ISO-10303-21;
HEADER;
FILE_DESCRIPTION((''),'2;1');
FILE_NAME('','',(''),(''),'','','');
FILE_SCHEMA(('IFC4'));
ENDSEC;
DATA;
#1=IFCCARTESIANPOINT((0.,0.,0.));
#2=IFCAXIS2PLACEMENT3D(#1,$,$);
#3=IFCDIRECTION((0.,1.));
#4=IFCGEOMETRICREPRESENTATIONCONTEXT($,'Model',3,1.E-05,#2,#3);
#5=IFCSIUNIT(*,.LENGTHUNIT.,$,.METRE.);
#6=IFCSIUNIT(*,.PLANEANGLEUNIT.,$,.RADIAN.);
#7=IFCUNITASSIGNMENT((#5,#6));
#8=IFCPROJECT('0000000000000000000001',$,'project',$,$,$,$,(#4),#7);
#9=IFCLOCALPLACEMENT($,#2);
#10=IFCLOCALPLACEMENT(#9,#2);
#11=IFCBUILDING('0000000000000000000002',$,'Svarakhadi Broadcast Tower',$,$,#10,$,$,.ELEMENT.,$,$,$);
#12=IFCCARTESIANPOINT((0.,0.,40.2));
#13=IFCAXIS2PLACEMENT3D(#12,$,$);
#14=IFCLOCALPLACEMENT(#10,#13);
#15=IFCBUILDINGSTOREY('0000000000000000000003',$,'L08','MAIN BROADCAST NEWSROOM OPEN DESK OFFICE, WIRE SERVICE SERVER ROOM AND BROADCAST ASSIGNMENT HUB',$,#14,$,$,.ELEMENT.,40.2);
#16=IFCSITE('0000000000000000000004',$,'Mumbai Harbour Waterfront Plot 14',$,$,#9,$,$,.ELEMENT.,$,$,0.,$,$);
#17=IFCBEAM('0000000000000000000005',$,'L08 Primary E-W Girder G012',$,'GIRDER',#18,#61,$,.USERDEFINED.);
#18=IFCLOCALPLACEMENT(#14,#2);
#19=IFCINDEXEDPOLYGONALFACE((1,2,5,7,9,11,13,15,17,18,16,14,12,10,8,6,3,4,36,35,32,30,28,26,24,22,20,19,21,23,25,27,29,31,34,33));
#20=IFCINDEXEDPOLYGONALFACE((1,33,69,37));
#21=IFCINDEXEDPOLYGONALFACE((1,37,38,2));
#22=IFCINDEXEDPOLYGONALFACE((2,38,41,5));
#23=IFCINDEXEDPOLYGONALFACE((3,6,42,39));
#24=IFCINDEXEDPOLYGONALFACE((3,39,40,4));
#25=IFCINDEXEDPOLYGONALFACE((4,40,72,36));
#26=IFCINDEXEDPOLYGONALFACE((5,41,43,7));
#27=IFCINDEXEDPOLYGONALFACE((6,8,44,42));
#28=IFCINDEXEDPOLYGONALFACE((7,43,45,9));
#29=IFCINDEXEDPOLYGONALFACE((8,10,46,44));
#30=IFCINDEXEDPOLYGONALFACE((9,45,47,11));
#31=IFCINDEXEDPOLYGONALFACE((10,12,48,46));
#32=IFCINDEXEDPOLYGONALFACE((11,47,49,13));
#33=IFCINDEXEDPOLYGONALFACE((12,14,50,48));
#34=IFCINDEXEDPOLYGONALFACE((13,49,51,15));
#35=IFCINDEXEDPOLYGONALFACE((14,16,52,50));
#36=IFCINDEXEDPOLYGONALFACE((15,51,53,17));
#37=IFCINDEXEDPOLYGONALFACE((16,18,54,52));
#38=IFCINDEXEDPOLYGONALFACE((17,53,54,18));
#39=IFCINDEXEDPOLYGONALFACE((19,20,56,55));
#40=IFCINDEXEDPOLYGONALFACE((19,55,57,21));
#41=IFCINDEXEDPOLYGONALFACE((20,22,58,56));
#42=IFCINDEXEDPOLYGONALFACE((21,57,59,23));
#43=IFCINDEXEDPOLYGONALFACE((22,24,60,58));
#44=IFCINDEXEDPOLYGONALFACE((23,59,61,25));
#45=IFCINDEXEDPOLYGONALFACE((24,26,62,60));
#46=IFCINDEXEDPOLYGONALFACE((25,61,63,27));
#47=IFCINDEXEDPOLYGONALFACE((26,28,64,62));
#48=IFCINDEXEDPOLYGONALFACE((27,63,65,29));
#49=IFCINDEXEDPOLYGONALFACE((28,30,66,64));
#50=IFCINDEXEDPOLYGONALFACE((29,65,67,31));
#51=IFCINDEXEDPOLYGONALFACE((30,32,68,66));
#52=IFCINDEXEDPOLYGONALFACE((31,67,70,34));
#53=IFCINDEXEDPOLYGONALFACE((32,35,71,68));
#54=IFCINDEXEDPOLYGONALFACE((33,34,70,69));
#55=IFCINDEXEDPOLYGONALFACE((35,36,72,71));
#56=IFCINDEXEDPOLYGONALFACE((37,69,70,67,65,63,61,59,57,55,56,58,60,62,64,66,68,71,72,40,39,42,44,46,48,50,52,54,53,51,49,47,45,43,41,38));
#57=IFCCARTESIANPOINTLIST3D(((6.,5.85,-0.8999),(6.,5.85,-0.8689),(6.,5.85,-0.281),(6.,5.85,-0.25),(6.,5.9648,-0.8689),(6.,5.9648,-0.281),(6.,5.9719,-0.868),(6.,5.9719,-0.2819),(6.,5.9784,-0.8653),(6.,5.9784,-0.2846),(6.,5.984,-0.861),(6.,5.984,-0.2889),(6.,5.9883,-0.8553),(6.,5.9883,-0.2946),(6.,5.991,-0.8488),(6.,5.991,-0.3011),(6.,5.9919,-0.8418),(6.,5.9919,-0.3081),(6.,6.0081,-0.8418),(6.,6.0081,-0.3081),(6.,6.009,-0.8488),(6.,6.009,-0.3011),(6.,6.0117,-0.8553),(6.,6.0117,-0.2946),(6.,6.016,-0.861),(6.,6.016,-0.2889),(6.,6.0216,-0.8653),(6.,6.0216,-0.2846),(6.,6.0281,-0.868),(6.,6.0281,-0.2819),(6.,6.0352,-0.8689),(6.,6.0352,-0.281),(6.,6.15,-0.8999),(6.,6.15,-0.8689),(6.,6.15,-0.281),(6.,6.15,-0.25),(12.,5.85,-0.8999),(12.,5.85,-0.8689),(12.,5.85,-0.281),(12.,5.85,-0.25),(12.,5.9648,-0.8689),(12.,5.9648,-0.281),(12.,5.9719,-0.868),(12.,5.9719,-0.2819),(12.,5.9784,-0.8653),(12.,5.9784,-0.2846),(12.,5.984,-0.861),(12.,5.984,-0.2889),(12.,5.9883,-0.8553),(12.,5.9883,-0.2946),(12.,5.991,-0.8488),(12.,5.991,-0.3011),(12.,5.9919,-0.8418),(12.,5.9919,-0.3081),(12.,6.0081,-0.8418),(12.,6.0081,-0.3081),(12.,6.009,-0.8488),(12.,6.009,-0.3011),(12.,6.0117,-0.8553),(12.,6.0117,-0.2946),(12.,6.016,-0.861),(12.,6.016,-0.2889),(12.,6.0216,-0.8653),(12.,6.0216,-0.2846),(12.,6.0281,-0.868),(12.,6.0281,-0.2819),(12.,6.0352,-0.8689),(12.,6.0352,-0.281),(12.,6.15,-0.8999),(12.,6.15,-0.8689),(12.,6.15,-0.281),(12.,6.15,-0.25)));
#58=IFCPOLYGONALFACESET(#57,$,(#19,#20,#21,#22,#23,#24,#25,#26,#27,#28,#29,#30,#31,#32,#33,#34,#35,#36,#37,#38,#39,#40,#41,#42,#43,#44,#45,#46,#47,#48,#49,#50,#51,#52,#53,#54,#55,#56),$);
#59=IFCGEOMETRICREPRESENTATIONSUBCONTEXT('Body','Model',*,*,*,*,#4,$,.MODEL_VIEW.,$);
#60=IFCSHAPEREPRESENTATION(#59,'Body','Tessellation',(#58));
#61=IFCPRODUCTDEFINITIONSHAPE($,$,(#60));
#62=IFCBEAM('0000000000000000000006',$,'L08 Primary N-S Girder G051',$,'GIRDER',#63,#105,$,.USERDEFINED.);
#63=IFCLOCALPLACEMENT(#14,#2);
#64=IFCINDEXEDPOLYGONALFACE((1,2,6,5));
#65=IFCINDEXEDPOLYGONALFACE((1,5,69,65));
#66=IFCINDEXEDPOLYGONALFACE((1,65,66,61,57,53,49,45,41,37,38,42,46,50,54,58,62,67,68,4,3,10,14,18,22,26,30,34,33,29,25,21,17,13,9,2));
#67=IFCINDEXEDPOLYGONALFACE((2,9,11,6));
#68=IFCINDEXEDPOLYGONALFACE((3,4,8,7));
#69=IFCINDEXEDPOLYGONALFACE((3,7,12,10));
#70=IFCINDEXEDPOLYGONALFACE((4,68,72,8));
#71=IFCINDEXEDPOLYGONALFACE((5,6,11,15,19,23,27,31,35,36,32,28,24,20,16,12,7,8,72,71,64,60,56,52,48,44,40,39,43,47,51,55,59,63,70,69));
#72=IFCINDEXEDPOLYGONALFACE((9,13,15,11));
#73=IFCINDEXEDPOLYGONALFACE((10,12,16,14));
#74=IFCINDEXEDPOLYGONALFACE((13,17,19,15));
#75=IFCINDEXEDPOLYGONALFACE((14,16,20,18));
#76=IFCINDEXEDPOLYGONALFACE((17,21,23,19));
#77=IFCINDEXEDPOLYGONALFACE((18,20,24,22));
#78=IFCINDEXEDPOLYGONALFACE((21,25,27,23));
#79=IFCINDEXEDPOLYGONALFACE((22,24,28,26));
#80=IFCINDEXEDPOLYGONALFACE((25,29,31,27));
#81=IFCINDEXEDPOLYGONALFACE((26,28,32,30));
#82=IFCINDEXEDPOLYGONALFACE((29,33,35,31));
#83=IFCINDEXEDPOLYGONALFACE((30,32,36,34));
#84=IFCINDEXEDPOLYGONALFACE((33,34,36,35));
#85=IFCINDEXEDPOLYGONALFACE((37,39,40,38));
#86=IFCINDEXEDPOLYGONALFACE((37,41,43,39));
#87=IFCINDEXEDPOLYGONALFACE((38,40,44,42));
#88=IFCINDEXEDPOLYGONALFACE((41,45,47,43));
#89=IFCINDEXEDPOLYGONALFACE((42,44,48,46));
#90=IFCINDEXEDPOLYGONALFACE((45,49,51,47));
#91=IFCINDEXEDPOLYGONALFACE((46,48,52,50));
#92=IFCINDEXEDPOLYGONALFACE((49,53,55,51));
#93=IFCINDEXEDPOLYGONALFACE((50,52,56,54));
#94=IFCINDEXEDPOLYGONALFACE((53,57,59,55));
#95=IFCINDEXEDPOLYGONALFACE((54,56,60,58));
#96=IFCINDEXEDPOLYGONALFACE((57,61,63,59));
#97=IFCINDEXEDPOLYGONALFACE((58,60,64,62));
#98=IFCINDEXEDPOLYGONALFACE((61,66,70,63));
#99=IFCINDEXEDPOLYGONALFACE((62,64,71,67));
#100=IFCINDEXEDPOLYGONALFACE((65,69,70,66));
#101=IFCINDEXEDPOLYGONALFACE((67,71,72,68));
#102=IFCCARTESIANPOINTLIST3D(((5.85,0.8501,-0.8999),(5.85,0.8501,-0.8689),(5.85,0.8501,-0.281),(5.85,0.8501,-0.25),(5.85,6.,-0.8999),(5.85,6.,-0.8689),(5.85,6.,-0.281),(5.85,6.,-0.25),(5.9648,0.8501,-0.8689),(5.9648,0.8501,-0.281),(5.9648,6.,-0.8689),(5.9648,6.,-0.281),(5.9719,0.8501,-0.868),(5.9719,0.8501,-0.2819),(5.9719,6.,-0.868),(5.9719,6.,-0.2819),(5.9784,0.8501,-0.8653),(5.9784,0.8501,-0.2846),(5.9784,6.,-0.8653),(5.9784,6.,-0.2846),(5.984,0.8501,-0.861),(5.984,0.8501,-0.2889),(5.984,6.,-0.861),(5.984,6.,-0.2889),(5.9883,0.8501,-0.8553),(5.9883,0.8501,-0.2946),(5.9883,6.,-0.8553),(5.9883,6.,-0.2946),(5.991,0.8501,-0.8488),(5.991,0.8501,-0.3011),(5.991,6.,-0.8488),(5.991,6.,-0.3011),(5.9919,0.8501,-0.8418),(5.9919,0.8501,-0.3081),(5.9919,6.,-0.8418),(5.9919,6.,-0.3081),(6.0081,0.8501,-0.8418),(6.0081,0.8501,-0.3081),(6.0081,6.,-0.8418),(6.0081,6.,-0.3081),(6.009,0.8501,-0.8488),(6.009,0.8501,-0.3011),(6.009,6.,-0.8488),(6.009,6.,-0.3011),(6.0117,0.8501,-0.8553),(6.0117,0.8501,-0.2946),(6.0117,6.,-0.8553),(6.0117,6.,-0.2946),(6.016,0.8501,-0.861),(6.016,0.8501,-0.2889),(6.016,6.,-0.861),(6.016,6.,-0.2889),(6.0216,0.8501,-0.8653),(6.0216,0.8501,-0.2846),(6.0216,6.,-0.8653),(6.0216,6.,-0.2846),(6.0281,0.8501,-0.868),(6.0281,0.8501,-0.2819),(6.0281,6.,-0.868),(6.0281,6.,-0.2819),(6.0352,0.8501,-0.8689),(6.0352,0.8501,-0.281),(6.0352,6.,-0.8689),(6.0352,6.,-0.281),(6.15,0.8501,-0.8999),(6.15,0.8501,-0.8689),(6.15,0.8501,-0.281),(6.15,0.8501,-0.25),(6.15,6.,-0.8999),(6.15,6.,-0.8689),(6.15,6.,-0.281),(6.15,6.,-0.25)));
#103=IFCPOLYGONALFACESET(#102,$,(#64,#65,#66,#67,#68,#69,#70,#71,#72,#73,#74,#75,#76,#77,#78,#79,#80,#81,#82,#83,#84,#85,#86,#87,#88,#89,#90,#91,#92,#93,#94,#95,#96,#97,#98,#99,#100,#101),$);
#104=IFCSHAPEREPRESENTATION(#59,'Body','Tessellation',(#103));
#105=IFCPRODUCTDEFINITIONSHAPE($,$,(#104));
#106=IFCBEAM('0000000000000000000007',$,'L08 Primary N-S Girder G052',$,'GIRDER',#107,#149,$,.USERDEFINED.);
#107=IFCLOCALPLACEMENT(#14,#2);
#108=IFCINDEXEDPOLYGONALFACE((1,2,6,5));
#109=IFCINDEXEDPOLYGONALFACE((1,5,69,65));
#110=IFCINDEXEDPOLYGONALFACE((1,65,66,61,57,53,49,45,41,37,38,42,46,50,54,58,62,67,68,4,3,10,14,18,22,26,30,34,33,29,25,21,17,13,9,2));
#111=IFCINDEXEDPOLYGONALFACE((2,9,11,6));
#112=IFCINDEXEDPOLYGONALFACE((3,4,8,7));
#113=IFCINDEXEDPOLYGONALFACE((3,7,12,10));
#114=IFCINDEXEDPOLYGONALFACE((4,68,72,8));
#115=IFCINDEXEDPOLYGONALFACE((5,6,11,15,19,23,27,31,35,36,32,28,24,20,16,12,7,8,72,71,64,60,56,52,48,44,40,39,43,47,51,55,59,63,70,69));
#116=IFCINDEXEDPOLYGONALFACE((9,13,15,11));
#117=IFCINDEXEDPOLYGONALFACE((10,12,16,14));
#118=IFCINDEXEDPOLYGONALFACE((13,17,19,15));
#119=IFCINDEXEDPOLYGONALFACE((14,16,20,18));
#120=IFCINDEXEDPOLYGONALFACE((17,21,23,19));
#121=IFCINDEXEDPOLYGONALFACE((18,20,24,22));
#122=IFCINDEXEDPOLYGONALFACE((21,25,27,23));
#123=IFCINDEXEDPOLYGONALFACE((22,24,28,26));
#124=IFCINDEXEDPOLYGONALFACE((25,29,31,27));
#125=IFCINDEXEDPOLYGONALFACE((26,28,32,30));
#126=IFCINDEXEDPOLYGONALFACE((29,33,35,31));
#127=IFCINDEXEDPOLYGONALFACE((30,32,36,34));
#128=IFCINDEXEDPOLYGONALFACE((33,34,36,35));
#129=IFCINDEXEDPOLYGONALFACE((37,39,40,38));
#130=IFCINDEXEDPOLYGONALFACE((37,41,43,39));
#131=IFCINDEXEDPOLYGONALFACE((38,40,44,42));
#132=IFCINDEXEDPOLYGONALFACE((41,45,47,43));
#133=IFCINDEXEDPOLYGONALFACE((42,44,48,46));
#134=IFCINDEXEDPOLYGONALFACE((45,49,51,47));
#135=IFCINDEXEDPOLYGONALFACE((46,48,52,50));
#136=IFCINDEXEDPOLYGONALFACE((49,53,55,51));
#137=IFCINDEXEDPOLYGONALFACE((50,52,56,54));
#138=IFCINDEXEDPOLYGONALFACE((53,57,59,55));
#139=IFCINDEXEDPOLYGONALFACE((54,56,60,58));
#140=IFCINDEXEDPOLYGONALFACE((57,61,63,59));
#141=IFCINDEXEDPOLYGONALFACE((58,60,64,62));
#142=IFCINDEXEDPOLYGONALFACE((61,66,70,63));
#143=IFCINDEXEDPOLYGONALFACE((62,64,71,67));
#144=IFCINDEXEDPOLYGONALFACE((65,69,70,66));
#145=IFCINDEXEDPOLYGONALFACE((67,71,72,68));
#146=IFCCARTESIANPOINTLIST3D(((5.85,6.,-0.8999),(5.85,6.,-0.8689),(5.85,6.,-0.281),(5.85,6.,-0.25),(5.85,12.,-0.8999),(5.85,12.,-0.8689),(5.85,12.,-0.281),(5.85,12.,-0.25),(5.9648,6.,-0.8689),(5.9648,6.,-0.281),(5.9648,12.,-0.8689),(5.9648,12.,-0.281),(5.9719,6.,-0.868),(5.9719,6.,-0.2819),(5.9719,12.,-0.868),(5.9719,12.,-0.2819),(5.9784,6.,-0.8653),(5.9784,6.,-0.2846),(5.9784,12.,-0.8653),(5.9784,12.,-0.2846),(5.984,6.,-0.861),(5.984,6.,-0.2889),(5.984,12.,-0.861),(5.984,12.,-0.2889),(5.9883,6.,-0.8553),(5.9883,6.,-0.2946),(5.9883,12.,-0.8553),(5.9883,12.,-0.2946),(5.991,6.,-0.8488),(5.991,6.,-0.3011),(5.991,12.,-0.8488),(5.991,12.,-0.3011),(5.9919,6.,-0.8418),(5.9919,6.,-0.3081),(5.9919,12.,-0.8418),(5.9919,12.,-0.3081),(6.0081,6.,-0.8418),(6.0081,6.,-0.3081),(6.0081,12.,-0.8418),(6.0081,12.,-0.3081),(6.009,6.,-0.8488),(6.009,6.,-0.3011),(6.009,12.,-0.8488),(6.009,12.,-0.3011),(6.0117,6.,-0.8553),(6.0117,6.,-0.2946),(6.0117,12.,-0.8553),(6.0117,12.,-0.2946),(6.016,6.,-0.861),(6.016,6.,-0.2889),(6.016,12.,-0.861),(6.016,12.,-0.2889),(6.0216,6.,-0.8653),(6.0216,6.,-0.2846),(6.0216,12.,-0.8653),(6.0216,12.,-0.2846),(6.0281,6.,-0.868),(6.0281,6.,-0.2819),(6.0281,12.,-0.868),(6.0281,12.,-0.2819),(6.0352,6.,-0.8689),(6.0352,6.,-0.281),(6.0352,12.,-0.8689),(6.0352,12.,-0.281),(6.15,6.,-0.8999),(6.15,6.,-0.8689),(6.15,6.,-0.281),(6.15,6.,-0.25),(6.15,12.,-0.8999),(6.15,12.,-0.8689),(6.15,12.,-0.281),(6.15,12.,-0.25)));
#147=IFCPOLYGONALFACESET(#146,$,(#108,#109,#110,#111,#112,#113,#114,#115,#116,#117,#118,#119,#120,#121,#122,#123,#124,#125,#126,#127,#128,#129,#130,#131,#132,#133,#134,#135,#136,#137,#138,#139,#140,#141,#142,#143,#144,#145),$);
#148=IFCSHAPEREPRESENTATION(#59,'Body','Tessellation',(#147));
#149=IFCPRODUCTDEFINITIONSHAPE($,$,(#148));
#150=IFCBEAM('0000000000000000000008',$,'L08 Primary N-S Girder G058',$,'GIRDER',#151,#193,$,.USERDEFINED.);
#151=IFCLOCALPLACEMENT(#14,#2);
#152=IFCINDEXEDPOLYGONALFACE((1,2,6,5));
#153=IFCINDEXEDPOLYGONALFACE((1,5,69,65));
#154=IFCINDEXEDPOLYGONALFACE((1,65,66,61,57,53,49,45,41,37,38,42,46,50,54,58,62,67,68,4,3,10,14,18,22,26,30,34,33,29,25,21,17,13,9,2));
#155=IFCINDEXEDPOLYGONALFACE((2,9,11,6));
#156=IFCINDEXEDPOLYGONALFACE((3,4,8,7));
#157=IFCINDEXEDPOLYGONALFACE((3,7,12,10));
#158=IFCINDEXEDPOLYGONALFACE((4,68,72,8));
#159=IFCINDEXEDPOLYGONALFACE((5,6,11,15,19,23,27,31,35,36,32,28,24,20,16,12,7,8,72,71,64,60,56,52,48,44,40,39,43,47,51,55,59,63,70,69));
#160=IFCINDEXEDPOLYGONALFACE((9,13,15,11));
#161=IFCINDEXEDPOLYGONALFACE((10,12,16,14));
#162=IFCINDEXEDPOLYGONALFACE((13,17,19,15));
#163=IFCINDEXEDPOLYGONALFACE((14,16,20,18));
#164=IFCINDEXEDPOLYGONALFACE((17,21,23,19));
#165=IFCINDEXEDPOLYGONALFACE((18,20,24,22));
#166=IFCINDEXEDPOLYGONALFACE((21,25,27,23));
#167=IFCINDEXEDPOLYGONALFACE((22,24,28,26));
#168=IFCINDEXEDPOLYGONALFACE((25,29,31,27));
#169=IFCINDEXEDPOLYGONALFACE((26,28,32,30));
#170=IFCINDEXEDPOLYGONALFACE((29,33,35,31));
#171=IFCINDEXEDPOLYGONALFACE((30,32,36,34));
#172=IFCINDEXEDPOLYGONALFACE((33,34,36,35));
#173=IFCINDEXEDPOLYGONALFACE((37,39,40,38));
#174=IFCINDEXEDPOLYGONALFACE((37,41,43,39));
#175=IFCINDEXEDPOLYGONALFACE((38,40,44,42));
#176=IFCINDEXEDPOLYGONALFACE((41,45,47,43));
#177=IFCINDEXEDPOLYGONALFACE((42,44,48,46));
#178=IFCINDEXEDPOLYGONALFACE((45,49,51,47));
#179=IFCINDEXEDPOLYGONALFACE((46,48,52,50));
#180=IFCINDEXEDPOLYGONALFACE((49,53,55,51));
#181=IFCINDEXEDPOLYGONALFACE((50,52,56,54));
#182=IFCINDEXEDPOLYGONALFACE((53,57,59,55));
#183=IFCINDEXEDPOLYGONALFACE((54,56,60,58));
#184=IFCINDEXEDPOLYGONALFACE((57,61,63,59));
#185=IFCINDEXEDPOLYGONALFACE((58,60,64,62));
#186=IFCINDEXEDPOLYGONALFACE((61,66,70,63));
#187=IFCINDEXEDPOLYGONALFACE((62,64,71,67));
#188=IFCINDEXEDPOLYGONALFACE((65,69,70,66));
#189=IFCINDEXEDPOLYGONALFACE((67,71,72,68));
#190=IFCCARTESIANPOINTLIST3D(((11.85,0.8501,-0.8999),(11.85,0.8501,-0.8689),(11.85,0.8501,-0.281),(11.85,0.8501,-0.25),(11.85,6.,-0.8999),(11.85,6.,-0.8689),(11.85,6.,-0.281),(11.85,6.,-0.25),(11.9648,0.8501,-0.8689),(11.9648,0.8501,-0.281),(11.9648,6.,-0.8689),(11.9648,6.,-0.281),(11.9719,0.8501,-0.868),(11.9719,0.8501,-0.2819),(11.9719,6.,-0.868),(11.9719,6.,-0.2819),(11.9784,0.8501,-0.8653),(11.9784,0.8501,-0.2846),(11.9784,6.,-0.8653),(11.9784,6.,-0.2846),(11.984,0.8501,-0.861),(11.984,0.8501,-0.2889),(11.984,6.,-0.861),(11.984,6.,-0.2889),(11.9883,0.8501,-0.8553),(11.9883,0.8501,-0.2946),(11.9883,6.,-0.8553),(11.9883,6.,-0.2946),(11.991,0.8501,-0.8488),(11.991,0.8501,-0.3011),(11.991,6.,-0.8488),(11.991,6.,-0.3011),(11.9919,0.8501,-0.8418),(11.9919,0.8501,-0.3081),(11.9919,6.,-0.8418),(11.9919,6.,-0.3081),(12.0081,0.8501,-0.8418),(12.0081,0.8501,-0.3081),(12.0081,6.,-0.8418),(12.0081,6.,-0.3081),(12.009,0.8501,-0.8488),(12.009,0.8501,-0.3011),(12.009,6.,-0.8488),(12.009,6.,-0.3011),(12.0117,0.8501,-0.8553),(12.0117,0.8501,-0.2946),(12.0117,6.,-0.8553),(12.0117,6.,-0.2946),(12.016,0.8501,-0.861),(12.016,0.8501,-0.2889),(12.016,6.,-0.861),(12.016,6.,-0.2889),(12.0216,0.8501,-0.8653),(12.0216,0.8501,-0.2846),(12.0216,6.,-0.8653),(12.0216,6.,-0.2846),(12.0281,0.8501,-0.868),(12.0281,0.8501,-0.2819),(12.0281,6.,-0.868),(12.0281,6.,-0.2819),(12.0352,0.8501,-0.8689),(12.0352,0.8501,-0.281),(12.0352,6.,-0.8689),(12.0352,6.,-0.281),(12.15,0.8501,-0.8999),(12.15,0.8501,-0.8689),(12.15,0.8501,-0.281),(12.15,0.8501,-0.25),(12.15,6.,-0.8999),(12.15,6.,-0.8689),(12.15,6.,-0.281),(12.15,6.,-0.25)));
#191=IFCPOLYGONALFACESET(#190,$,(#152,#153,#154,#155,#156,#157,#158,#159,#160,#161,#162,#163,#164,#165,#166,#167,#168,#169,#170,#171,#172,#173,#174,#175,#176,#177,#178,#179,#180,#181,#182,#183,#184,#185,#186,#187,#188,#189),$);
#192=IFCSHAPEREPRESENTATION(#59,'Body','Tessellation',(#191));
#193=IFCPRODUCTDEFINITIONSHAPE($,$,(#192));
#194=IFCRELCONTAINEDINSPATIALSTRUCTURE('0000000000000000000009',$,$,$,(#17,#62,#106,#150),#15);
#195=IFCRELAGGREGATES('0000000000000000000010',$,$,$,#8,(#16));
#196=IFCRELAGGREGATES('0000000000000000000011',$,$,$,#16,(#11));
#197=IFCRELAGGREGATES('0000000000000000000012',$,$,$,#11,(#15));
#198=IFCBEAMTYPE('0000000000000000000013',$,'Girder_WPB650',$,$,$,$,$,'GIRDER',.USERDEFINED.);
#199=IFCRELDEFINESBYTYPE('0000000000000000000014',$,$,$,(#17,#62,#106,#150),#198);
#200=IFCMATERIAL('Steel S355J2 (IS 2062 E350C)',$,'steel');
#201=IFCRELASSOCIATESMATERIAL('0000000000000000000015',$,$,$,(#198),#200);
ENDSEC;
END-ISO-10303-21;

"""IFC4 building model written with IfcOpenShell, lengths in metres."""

from ifc_helpers import new_model, si_unit, direction, frame, origin, origin_2d, place, context, subcontext, project, spatial, i_section, extrude, material, material_profile, profile_set, type_object, element, save


model = new_model("IFC4")

# Units and contexts
model_context = context("Model", 3, precision=1e-05, world=origin(), true_north=direction((0.0, 1.0)))
body_context = subcontext(model_context, "Body", "Model", "MODEL_VIEW")
ifc_project = project(units=[si_unit("LENGTHUNIT", "METRE"), si_unit("PLANEANGLEUNIT", "RADIAN")], contexts=[model_context])

# Site, building, storey
site_placement = place(None, origin())
site = spatial("IfcSite", under=ifc_project, at=site_placement, Name="Mumbai Harbour Waterfront Plot 14", CompositionType="ELEMENT", RefElevation=0.0)
building_placement = place(site_placement, origin())
building = spatial("IfcBuilding", under=site, at=building_placement, Name="Svarakhadi Broadcast Tower", CompositionType="ELEMENT")
storey_placement = place(building_placement, frame((0.0, 0.0, 40.2)))
storey = spatial("IfcBuildingStorey", under=building, at=storey_placement, Name="L08", Description="MAIN BROADCAST NEWSROOM OPEN DESK OFFICE, WIRE SERVICE SERVER ROOM AND BROADCAST ASSIGNMENT HUB", CompositionType="ELEMENT", Elevation=40.2)

# Shared definitions
ifc_material_1 = material(Name="Steel S355J2 (IS 2062 E350C)", Category="steel")

# Beams
ifc_material_profile_1 = material_profile(ifc_material_1, i_section(OverallWidth=0.3, OverallDepth=0.6499, WebThickness=0.0161, FlangeThickness=0.031, FilletRadius=0.0271, at=origin_2d()), Name="WPB 650x300x225")
ifc_profile_set_1 = profile_set([ifc_material_profile_1], Name="Steel S355J2 (IS 2062 E350C)")
beam_type_1 = type_object("IfcBeamType", Name="Girder_WPB650", ElementType="GIRDER", PredefinedType="USERDEFINED", material=ifc_profile_set_1)
for number, where, z_axis, x_axis, name in (
    (1, (6.0, 6.0, -0.575), (1.0, 0.0, 0.0), (0.0, 1.0, 0.0), "L08 Primary E-W Girder G012"),
):
    element("IfcBeam", number, at=place(storey_placement, frame(where, z_axis=z_axis, x_axis=x_axis)), inside=storey, type_object=beam_type_1, Name=name, ObjectType="GIRDER", PredefinedType="USERDEFINED", context=body_context, shape_type="SweptSolid", body=[
        extrude(i_section(OverallWidth=0.3, OverallDepth=0.6499, WebThickness=0.0161, FlangeThickness=0.031, FilletRadius=0.0271, at=origin_2d()), origin(), (0.0, 0.0, 1.0), 6.0),
    ])
beam_1_placement = place(storey_placement, frame((6.0, 0.8501, -0.575), z_axis=(0.0, 1.0, 0.0), x_axis=(-1.0, 0.0, 0.0)))
element("IfcBeam", 2, at=beam_1_placement, inside=storey, type_object=beam_type_1, Name="L08 Primary N-S Girder G051", ObjectType="GIRDER", PredefinedType="USERDEFINED", context=body_context, shape_type="SweptSolid", body=[
    extrude(i_section(OverallWidth=0.3, OverallDepth=0.6499, WebThickness=0.0161, FlangeThickness=0.031, FilletRadius=0.0271, at=origin_2d()), origin(), (0.0, 0.0, 1.0), 5.1499),
])
beam_2_placement = place(storey_placement, frame((6.0, 6.0, -0.575), z_axis=(0.0, 1.0, 0.0), x_axis=(-1.0, 0.0, 0.0)))
element("IfcBeam", 3, at=beam_2_placement, inside=storey, type_object=beam_type_1, Name="L08 Primary N-S Girder G052", ObjectType="GIRDER", PredefinedType="USERDEFINED", context=body_context, shape_type="SweptSolid", body=[
    extrude(i_section(OverallWidth=0.3, OverallDepth=0.6499, WebThickness=0.0161, FlangeThickness=0.031, FilletRadius=0.0271, at=origin_2d()), origin(), (0.0, 0.0, 1.0), 6.0),
])
for number, where, z_axis, x_axis, name in (
    (4, (12.0, 0.8501, -0.575), (0.0, 1.0, 0.0), (-1.0, 0.0, 0.0), "L08 Primary N-S Girder G058"),
):
    element("IfcBeam", number, at=place(storey_placement, frame(where, z_axis=z_axis, x_axis=x_axis)), inside=storey, type_object=beam_type_1, Name=name, ObjectType="GIRDER", PredefinedType="USERDEFINED", context=body_context, shape_type="SweptSolid", body=[
        extrude(i_section(OverallWidth=0.3, OverallDepth=0.6499, WebThickness=0.0161, FlangeThickness=0.031, FilletRadius=0.0271, at=origin_2d()), origin(), (0.0, 0.0, 1.0), 5.1499),
    ])

save(model, "model.ifc")
